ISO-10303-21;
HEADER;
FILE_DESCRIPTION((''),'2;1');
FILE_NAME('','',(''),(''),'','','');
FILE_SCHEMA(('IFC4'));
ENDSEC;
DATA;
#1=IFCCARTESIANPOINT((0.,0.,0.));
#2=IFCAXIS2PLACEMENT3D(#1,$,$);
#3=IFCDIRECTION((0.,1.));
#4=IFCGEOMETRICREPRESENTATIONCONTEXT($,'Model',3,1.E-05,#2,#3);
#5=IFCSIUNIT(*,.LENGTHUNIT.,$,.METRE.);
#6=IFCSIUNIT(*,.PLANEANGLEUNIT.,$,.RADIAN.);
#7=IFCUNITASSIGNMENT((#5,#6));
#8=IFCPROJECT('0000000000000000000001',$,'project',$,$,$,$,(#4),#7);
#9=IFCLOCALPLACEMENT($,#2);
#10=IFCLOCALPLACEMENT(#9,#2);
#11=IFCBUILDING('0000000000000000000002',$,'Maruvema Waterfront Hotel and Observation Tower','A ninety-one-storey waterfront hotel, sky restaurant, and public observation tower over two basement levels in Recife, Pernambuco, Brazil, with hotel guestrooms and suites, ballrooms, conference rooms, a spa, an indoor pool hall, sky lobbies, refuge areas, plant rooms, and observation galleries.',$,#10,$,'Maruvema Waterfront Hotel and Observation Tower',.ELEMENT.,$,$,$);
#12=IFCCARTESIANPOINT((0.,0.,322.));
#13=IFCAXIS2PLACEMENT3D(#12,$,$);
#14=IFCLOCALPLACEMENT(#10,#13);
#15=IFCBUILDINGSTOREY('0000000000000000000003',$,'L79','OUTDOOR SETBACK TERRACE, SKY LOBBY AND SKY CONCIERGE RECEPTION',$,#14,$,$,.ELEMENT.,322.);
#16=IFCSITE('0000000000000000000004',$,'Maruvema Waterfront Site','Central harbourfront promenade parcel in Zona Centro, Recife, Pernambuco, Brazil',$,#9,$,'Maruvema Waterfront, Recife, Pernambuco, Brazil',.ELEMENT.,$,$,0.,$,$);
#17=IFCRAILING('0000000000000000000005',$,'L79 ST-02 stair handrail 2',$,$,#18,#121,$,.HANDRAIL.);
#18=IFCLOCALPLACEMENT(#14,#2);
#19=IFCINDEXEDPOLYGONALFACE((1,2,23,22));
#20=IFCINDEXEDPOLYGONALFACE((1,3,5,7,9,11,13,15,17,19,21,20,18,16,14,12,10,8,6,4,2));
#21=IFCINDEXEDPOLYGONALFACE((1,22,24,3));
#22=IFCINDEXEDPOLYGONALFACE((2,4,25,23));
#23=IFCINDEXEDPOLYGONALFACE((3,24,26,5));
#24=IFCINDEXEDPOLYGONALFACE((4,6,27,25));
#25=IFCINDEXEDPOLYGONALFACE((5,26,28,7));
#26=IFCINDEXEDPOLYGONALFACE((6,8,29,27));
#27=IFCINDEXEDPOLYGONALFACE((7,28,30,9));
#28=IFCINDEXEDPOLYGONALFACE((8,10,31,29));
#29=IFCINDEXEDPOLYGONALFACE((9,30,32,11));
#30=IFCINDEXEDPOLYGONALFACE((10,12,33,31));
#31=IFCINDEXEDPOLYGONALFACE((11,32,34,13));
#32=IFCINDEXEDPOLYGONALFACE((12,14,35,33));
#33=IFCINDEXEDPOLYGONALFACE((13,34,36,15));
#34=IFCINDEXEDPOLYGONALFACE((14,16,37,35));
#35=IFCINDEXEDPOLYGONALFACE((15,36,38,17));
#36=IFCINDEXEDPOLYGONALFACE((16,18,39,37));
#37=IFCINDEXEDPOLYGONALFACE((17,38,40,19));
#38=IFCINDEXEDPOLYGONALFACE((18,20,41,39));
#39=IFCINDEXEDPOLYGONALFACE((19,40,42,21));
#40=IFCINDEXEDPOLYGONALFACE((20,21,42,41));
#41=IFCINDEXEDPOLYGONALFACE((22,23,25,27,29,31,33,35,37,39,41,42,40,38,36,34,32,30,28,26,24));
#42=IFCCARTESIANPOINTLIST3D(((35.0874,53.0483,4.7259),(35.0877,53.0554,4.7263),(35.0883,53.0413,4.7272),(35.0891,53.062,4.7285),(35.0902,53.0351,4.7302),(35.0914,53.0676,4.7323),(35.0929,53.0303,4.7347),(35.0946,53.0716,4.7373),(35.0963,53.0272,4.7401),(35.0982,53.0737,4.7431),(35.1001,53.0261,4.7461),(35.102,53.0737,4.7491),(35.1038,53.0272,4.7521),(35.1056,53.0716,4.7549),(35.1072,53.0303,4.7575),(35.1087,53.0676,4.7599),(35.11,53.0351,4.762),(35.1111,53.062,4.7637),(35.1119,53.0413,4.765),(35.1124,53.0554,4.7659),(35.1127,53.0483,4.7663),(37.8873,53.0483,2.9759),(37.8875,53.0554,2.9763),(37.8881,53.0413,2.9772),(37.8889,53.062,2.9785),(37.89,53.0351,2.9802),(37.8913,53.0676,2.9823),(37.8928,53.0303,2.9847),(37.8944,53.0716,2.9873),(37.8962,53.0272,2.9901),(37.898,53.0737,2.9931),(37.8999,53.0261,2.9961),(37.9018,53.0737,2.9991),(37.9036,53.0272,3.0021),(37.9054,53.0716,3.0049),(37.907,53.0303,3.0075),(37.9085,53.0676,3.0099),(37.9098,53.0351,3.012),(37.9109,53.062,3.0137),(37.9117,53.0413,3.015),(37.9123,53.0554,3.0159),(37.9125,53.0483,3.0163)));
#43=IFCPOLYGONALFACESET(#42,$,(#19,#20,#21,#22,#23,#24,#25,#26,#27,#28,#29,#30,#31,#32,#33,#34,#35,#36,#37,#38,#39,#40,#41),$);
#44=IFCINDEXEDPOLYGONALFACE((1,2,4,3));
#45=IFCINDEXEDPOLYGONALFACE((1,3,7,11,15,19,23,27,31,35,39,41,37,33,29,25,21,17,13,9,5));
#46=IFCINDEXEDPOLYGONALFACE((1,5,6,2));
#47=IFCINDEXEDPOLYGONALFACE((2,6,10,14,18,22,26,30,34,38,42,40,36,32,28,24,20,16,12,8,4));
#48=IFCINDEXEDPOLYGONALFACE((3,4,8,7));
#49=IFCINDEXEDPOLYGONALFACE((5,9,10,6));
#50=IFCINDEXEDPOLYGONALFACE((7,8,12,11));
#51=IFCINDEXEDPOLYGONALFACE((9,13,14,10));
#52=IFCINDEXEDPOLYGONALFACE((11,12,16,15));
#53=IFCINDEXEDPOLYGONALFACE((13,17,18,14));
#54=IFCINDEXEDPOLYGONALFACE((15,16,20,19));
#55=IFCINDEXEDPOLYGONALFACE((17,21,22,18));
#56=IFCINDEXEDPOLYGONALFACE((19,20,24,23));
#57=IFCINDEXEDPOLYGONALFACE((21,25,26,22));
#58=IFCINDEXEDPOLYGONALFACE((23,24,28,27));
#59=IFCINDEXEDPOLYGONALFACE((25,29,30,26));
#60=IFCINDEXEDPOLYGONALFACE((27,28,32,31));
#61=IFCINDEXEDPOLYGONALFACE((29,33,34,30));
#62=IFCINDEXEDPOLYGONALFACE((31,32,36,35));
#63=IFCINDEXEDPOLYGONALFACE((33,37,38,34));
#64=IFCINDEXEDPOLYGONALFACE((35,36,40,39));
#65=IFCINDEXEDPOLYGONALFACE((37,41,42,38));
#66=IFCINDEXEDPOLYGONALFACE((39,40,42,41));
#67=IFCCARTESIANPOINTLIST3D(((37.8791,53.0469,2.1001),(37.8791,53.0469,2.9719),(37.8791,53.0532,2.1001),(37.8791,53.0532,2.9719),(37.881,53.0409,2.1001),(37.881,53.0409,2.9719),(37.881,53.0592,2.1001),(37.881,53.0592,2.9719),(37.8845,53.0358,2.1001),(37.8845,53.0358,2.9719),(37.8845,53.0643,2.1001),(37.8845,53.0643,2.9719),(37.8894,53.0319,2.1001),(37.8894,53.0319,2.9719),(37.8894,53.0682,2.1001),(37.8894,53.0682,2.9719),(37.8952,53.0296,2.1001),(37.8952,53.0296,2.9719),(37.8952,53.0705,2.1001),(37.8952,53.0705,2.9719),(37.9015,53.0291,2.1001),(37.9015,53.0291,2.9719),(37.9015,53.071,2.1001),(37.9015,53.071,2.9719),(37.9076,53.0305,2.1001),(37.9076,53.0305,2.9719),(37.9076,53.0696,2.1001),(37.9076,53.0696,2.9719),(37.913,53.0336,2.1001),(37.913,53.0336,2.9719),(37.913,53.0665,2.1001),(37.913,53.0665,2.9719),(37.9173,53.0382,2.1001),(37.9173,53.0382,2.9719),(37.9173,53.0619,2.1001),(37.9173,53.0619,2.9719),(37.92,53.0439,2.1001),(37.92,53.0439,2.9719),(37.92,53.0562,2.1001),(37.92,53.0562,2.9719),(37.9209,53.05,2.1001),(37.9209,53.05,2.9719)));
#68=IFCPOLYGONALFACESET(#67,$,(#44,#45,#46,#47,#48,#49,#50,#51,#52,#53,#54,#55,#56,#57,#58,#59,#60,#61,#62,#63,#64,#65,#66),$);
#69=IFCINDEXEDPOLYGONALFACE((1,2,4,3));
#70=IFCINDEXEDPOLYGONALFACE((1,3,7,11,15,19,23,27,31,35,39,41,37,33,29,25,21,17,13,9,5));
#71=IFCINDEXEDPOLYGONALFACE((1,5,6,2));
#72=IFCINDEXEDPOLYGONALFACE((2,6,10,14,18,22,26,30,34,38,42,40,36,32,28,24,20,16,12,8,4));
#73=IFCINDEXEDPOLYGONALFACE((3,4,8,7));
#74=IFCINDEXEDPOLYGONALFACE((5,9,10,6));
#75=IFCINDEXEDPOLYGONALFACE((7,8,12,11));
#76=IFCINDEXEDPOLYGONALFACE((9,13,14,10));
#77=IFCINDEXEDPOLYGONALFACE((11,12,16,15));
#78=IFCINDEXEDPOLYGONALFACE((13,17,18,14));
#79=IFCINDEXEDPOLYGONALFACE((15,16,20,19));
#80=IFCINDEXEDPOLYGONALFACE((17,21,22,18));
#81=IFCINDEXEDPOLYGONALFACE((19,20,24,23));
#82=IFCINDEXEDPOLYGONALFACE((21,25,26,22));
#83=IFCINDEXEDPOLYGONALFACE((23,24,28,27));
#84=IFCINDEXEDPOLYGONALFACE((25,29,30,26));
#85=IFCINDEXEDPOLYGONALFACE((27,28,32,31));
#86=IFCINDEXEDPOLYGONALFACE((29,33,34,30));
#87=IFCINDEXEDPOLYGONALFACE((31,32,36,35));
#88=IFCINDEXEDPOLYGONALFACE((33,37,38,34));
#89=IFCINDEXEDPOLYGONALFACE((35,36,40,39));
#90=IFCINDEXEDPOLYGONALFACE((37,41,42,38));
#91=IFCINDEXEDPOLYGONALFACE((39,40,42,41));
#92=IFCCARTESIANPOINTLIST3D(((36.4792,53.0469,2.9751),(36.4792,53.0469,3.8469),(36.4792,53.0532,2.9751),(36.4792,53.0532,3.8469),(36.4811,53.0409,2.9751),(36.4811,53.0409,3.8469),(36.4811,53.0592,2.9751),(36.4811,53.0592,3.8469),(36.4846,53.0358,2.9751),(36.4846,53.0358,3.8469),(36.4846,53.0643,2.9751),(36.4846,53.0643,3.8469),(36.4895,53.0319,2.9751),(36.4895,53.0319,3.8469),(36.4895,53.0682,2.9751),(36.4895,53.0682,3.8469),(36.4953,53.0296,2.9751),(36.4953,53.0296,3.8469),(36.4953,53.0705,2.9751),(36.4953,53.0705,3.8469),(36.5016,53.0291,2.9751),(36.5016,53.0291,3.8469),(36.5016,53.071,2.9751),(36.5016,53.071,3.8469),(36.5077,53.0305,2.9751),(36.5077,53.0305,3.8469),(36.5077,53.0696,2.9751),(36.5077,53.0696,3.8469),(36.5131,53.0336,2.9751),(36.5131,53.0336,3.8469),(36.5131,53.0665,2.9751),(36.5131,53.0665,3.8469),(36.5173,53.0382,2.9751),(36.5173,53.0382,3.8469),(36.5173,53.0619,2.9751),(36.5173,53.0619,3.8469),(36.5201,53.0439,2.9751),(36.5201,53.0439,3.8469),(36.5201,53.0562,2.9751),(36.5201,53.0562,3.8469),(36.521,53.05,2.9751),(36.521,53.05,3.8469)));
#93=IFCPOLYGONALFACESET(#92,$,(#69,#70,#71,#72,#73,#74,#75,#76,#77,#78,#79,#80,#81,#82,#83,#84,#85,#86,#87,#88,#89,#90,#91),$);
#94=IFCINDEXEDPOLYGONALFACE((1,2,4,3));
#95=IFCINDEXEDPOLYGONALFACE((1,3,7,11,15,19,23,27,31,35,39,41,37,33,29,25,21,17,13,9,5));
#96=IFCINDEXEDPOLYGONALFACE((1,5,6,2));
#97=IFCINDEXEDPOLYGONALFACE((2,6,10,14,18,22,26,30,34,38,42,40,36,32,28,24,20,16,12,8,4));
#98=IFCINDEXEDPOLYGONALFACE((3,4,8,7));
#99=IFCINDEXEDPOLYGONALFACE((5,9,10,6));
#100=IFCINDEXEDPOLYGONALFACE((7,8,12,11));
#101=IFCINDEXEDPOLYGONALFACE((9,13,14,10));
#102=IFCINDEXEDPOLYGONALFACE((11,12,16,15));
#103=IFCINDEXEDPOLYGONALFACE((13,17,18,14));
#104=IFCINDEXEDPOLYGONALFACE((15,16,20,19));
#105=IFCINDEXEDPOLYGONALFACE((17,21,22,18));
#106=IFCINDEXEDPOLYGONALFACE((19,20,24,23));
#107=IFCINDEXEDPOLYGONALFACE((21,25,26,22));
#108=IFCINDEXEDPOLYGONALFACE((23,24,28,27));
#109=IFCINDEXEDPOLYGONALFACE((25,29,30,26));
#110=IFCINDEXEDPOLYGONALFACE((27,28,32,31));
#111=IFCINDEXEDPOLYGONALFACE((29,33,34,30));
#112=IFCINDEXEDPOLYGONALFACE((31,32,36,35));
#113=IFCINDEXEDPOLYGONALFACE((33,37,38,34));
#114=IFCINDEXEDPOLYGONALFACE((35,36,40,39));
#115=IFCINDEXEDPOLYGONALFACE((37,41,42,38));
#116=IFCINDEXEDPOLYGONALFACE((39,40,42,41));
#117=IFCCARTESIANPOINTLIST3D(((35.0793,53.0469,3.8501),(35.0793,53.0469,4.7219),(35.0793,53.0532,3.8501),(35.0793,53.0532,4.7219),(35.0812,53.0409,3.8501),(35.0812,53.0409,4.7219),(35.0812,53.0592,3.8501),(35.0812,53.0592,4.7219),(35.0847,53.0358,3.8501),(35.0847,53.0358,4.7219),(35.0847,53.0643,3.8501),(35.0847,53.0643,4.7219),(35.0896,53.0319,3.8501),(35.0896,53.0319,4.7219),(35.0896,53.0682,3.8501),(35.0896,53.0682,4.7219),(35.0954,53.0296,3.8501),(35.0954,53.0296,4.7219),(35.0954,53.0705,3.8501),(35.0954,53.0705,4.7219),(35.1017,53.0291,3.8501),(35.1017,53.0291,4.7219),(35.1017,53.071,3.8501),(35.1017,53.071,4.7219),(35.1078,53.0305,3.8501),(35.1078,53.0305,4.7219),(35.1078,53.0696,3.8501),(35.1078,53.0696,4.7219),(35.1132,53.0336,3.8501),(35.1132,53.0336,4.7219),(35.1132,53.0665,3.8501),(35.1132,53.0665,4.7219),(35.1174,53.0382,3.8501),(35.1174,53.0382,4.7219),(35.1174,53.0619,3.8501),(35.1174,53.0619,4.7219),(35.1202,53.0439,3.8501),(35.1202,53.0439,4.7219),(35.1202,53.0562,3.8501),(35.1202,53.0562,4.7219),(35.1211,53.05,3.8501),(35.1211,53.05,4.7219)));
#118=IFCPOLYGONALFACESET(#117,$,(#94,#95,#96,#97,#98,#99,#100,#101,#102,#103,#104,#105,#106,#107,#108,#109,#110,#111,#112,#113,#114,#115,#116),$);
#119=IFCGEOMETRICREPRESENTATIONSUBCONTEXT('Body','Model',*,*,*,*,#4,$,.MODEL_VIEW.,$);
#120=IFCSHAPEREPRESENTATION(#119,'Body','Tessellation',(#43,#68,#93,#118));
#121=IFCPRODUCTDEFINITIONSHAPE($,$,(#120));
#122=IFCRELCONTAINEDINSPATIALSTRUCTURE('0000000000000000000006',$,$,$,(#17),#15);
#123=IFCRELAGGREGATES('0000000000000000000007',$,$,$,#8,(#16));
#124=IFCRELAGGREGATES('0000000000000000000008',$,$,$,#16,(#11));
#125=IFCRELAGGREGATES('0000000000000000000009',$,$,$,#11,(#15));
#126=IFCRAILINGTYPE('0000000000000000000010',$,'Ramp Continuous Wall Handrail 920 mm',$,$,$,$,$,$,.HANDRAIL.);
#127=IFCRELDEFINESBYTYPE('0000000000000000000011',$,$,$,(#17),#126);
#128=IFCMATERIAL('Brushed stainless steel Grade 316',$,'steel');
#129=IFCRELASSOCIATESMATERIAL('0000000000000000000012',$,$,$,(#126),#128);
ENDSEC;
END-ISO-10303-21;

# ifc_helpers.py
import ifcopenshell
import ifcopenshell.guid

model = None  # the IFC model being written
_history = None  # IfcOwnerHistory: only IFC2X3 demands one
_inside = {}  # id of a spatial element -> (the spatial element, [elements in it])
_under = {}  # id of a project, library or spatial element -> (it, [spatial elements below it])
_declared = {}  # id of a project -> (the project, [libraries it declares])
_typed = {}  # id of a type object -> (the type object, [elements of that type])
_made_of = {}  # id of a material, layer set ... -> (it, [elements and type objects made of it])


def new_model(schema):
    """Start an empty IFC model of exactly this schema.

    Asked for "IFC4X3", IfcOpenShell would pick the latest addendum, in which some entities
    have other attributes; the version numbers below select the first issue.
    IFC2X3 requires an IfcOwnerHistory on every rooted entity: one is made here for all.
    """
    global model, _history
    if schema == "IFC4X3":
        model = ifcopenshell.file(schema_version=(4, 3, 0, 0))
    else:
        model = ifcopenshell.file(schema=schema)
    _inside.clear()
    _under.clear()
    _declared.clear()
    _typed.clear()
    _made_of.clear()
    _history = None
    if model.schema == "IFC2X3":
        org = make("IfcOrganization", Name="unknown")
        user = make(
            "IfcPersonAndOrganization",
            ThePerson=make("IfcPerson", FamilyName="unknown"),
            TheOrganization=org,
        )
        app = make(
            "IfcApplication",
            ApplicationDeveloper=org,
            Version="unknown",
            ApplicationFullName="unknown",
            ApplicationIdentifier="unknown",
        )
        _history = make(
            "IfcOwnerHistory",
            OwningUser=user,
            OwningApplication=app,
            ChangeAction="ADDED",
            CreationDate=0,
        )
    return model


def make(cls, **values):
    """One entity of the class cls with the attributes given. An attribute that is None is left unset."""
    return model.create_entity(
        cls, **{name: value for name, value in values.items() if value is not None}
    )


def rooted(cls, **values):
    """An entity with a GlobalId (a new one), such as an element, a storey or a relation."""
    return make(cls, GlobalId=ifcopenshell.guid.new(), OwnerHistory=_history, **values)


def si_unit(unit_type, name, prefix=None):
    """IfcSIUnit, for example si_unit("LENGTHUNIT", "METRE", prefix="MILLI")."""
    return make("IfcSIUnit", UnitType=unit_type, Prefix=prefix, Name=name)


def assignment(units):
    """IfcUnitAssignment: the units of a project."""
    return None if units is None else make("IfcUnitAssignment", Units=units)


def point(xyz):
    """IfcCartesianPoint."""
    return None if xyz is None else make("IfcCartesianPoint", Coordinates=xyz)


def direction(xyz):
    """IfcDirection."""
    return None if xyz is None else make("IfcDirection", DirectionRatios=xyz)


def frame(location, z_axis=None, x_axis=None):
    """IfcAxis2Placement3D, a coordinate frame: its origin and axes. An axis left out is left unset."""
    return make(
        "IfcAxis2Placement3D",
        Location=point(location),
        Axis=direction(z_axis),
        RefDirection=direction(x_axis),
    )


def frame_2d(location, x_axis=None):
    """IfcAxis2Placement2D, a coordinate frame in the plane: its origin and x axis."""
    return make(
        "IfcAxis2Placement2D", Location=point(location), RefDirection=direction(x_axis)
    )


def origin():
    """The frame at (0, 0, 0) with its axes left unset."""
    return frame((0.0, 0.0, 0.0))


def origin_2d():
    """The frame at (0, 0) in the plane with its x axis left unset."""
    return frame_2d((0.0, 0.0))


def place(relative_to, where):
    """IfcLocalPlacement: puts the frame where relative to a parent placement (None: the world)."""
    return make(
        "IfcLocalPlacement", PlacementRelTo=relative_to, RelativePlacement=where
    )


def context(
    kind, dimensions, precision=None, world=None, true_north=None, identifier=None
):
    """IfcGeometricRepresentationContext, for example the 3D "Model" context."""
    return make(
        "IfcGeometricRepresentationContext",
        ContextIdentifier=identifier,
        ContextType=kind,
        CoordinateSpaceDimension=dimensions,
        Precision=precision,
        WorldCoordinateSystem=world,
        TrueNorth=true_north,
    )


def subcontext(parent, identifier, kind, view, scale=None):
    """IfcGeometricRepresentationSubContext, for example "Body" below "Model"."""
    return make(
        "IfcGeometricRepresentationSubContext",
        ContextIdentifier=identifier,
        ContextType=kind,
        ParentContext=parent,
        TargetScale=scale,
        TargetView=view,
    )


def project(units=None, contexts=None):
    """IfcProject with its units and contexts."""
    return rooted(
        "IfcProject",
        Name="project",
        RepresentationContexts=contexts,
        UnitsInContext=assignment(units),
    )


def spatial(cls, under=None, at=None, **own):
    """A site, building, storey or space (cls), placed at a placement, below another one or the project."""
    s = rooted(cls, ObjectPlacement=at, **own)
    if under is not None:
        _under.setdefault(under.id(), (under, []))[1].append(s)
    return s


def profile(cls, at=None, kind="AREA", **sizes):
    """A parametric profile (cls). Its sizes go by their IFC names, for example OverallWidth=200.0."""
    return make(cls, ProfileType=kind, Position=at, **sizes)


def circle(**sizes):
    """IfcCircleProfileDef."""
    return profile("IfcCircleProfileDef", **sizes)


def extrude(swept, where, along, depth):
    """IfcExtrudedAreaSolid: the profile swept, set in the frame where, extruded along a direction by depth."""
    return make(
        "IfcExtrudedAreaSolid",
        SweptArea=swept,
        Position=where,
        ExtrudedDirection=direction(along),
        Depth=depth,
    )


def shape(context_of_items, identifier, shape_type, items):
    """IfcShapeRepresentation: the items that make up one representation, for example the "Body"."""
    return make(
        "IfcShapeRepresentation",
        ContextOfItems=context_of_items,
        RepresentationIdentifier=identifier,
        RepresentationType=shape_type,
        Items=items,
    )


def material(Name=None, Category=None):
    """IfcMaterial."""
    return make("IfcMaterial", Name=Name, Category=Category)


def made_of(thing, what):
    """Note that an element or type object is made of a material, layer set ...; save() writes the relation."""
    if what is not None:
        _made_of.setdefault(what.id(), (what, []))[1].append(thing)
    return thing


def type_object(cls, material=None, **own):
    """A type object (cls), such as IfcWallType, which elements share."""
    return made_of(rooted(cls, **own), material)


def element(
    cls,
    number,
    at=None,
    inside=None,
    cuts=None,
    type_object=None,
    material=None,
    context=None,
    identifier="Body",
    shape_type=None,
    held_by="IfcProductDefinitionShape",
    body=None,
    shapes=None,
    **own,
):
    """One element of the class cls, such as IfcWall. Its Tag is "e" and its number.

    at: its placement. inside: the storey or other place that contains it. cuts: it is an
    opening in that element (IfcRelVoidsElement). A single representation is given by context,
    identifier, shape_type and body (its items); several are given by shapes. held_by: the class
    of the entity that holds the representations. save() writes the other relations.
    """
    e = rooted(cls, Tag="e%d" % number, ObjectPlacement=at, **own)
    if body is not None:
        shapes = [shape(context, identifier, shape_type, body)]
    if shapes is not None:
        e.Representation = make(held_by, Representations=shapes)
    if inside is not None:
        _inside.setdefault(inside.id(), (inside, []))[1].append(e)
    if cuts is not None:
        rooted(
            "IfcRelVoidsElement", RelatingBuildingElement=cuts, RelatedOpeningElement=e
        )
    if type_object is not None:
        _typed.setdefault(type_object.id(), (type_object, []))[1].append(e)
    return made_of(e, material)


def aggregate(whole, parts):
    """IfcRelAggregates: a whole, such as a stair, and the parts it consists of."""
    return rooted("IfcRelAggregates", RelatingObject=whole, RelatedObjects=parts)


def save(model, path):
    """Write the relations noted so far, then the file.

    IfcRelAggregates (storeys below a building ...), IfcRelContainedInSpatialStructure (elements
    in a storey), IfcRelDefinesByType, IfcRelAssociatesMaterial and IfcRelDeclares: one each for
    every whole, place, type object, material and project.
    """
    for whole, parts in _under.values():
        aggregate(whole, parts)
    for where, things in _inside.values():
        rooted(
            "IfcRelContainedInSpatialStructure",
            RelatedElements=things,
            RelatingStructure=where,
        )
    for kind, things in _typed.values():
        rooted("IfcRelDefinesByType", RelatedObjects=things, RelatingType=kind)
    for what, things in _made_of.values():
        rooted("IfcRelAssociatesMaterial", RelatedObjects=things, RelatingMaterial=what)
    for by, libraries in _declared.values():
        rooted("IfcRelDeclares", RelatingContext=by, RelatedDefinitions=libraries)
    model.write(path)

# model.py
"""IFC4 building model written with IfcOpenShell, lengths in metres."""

from ifc_helpers import new_model, si_unit, direction, frame, origin, origin_2d, place, context, subcontext, project, spatial, circle, extrude, material, type_object, element, save


model = new_model("IFC4")

# Units and contexts
model_context = context("Model", 3, precision=1e-05, world=origin(), true_north=direction((0.0, 1.0)))
body_context = subcontext(model_context, "Body", "Model", "MODEL_VIEW")
ifc_project = project(units=[si_unit("LENGTHUNIT", "METRE"), si_unit("PLANEANGLEUNIT", "RADIAN")], contexts=[model_context])

# Site, building, storey
site_placement = place(None, origin())
site = spatial("IfcSite", under=ifc_project, at=site_placement, Name="Maruvema Waterfront Site", Description="Central harbourfront promenade parcel in Zona Centro, Recife, Pernambuco, Brazil", LongName="Maruvema Waterfront, Recife, Pernambuco, Brazil", CompositionType="ELEMENT", RefElevation=0.0)
building_placement = place(site_placement, origin())
building = spatial("IfcBuilding", under=site, at=building_placement, Name="Maruvema Waterfront Hotel and Observation Tower", Description="A ninety-one-storey waterfront hotel, sky restaurant, and public observation tower over two basement levels in Recife, Pernambuco, Brazil, with hotel guestrooms and suites, ballrooms, conference rooms, a spa, an indoor pool hall, sky lobbies, refuge areas, plant rooms, and observation galleries.", LongName="Maruvema Waterfront Hotel and Observation Tower", CompositionType="ELEMENT")
storey_placement = place(building_placement, frame((0.0, 0.0, 322.0)))
storey = spatial("IfcBuildingStorey", under=building, at=storey_placement, Name="L79", Description="OUTDOOR SETBACK TERRACE, SKY LOBBY AND SKY CONCIERGE RECEPTION", CompositionType="ELEMENT", Elevation=322.0)

# Railing
ifc_material_1 = material(Name="Brushed stainless steel Grade 316", Category="steel")
railing_type_1 = type_object("IfcRailingType", Name="Ramp Continuous Wall Handrail 920 mm", PredefinedType="HANDRAIL", material=ifc_material_1)
railing_1_placement = place(storey_placement, frame((37.8999, 53.05, 2.1001)))
element("IfcRailing", 1, at=railing_1_placement, inside=storey, type_object=railing_type_1, Name="L79 ST-02 stair handrail 2", PredefinedType="HANDRAIL", context=body_context, shape_type="SweptSolid", body=[
    extrude(circle(Radius=0.0239, at=origin_2d()), frame((0.0, 0.0, 0.896), z_axis=(-0.847982, 0.0, 0.530026), x_axis=(0.0, -1.0, 0.0)), (0.0, 0.0, 1.0), 3.3018),
    extrude(circle(Radius=0.021, at=origin_2d()), origin(), (0.0, 0.0, 1.0), 0.8718),
    extrude(circle(Radius=0.021, at=origin_2d()), frame((-1.3999, 0.0, 0.875)), (0.0, 0.0, 1.0), 0.8718),
    extrude(circle(Radius=0.021, at=origin_2d()), frame((-2.7998, 0.0, 1.75)), (0.0, 0.0, 1.0), 0.8718),
])

save(model, "model.ifc")
